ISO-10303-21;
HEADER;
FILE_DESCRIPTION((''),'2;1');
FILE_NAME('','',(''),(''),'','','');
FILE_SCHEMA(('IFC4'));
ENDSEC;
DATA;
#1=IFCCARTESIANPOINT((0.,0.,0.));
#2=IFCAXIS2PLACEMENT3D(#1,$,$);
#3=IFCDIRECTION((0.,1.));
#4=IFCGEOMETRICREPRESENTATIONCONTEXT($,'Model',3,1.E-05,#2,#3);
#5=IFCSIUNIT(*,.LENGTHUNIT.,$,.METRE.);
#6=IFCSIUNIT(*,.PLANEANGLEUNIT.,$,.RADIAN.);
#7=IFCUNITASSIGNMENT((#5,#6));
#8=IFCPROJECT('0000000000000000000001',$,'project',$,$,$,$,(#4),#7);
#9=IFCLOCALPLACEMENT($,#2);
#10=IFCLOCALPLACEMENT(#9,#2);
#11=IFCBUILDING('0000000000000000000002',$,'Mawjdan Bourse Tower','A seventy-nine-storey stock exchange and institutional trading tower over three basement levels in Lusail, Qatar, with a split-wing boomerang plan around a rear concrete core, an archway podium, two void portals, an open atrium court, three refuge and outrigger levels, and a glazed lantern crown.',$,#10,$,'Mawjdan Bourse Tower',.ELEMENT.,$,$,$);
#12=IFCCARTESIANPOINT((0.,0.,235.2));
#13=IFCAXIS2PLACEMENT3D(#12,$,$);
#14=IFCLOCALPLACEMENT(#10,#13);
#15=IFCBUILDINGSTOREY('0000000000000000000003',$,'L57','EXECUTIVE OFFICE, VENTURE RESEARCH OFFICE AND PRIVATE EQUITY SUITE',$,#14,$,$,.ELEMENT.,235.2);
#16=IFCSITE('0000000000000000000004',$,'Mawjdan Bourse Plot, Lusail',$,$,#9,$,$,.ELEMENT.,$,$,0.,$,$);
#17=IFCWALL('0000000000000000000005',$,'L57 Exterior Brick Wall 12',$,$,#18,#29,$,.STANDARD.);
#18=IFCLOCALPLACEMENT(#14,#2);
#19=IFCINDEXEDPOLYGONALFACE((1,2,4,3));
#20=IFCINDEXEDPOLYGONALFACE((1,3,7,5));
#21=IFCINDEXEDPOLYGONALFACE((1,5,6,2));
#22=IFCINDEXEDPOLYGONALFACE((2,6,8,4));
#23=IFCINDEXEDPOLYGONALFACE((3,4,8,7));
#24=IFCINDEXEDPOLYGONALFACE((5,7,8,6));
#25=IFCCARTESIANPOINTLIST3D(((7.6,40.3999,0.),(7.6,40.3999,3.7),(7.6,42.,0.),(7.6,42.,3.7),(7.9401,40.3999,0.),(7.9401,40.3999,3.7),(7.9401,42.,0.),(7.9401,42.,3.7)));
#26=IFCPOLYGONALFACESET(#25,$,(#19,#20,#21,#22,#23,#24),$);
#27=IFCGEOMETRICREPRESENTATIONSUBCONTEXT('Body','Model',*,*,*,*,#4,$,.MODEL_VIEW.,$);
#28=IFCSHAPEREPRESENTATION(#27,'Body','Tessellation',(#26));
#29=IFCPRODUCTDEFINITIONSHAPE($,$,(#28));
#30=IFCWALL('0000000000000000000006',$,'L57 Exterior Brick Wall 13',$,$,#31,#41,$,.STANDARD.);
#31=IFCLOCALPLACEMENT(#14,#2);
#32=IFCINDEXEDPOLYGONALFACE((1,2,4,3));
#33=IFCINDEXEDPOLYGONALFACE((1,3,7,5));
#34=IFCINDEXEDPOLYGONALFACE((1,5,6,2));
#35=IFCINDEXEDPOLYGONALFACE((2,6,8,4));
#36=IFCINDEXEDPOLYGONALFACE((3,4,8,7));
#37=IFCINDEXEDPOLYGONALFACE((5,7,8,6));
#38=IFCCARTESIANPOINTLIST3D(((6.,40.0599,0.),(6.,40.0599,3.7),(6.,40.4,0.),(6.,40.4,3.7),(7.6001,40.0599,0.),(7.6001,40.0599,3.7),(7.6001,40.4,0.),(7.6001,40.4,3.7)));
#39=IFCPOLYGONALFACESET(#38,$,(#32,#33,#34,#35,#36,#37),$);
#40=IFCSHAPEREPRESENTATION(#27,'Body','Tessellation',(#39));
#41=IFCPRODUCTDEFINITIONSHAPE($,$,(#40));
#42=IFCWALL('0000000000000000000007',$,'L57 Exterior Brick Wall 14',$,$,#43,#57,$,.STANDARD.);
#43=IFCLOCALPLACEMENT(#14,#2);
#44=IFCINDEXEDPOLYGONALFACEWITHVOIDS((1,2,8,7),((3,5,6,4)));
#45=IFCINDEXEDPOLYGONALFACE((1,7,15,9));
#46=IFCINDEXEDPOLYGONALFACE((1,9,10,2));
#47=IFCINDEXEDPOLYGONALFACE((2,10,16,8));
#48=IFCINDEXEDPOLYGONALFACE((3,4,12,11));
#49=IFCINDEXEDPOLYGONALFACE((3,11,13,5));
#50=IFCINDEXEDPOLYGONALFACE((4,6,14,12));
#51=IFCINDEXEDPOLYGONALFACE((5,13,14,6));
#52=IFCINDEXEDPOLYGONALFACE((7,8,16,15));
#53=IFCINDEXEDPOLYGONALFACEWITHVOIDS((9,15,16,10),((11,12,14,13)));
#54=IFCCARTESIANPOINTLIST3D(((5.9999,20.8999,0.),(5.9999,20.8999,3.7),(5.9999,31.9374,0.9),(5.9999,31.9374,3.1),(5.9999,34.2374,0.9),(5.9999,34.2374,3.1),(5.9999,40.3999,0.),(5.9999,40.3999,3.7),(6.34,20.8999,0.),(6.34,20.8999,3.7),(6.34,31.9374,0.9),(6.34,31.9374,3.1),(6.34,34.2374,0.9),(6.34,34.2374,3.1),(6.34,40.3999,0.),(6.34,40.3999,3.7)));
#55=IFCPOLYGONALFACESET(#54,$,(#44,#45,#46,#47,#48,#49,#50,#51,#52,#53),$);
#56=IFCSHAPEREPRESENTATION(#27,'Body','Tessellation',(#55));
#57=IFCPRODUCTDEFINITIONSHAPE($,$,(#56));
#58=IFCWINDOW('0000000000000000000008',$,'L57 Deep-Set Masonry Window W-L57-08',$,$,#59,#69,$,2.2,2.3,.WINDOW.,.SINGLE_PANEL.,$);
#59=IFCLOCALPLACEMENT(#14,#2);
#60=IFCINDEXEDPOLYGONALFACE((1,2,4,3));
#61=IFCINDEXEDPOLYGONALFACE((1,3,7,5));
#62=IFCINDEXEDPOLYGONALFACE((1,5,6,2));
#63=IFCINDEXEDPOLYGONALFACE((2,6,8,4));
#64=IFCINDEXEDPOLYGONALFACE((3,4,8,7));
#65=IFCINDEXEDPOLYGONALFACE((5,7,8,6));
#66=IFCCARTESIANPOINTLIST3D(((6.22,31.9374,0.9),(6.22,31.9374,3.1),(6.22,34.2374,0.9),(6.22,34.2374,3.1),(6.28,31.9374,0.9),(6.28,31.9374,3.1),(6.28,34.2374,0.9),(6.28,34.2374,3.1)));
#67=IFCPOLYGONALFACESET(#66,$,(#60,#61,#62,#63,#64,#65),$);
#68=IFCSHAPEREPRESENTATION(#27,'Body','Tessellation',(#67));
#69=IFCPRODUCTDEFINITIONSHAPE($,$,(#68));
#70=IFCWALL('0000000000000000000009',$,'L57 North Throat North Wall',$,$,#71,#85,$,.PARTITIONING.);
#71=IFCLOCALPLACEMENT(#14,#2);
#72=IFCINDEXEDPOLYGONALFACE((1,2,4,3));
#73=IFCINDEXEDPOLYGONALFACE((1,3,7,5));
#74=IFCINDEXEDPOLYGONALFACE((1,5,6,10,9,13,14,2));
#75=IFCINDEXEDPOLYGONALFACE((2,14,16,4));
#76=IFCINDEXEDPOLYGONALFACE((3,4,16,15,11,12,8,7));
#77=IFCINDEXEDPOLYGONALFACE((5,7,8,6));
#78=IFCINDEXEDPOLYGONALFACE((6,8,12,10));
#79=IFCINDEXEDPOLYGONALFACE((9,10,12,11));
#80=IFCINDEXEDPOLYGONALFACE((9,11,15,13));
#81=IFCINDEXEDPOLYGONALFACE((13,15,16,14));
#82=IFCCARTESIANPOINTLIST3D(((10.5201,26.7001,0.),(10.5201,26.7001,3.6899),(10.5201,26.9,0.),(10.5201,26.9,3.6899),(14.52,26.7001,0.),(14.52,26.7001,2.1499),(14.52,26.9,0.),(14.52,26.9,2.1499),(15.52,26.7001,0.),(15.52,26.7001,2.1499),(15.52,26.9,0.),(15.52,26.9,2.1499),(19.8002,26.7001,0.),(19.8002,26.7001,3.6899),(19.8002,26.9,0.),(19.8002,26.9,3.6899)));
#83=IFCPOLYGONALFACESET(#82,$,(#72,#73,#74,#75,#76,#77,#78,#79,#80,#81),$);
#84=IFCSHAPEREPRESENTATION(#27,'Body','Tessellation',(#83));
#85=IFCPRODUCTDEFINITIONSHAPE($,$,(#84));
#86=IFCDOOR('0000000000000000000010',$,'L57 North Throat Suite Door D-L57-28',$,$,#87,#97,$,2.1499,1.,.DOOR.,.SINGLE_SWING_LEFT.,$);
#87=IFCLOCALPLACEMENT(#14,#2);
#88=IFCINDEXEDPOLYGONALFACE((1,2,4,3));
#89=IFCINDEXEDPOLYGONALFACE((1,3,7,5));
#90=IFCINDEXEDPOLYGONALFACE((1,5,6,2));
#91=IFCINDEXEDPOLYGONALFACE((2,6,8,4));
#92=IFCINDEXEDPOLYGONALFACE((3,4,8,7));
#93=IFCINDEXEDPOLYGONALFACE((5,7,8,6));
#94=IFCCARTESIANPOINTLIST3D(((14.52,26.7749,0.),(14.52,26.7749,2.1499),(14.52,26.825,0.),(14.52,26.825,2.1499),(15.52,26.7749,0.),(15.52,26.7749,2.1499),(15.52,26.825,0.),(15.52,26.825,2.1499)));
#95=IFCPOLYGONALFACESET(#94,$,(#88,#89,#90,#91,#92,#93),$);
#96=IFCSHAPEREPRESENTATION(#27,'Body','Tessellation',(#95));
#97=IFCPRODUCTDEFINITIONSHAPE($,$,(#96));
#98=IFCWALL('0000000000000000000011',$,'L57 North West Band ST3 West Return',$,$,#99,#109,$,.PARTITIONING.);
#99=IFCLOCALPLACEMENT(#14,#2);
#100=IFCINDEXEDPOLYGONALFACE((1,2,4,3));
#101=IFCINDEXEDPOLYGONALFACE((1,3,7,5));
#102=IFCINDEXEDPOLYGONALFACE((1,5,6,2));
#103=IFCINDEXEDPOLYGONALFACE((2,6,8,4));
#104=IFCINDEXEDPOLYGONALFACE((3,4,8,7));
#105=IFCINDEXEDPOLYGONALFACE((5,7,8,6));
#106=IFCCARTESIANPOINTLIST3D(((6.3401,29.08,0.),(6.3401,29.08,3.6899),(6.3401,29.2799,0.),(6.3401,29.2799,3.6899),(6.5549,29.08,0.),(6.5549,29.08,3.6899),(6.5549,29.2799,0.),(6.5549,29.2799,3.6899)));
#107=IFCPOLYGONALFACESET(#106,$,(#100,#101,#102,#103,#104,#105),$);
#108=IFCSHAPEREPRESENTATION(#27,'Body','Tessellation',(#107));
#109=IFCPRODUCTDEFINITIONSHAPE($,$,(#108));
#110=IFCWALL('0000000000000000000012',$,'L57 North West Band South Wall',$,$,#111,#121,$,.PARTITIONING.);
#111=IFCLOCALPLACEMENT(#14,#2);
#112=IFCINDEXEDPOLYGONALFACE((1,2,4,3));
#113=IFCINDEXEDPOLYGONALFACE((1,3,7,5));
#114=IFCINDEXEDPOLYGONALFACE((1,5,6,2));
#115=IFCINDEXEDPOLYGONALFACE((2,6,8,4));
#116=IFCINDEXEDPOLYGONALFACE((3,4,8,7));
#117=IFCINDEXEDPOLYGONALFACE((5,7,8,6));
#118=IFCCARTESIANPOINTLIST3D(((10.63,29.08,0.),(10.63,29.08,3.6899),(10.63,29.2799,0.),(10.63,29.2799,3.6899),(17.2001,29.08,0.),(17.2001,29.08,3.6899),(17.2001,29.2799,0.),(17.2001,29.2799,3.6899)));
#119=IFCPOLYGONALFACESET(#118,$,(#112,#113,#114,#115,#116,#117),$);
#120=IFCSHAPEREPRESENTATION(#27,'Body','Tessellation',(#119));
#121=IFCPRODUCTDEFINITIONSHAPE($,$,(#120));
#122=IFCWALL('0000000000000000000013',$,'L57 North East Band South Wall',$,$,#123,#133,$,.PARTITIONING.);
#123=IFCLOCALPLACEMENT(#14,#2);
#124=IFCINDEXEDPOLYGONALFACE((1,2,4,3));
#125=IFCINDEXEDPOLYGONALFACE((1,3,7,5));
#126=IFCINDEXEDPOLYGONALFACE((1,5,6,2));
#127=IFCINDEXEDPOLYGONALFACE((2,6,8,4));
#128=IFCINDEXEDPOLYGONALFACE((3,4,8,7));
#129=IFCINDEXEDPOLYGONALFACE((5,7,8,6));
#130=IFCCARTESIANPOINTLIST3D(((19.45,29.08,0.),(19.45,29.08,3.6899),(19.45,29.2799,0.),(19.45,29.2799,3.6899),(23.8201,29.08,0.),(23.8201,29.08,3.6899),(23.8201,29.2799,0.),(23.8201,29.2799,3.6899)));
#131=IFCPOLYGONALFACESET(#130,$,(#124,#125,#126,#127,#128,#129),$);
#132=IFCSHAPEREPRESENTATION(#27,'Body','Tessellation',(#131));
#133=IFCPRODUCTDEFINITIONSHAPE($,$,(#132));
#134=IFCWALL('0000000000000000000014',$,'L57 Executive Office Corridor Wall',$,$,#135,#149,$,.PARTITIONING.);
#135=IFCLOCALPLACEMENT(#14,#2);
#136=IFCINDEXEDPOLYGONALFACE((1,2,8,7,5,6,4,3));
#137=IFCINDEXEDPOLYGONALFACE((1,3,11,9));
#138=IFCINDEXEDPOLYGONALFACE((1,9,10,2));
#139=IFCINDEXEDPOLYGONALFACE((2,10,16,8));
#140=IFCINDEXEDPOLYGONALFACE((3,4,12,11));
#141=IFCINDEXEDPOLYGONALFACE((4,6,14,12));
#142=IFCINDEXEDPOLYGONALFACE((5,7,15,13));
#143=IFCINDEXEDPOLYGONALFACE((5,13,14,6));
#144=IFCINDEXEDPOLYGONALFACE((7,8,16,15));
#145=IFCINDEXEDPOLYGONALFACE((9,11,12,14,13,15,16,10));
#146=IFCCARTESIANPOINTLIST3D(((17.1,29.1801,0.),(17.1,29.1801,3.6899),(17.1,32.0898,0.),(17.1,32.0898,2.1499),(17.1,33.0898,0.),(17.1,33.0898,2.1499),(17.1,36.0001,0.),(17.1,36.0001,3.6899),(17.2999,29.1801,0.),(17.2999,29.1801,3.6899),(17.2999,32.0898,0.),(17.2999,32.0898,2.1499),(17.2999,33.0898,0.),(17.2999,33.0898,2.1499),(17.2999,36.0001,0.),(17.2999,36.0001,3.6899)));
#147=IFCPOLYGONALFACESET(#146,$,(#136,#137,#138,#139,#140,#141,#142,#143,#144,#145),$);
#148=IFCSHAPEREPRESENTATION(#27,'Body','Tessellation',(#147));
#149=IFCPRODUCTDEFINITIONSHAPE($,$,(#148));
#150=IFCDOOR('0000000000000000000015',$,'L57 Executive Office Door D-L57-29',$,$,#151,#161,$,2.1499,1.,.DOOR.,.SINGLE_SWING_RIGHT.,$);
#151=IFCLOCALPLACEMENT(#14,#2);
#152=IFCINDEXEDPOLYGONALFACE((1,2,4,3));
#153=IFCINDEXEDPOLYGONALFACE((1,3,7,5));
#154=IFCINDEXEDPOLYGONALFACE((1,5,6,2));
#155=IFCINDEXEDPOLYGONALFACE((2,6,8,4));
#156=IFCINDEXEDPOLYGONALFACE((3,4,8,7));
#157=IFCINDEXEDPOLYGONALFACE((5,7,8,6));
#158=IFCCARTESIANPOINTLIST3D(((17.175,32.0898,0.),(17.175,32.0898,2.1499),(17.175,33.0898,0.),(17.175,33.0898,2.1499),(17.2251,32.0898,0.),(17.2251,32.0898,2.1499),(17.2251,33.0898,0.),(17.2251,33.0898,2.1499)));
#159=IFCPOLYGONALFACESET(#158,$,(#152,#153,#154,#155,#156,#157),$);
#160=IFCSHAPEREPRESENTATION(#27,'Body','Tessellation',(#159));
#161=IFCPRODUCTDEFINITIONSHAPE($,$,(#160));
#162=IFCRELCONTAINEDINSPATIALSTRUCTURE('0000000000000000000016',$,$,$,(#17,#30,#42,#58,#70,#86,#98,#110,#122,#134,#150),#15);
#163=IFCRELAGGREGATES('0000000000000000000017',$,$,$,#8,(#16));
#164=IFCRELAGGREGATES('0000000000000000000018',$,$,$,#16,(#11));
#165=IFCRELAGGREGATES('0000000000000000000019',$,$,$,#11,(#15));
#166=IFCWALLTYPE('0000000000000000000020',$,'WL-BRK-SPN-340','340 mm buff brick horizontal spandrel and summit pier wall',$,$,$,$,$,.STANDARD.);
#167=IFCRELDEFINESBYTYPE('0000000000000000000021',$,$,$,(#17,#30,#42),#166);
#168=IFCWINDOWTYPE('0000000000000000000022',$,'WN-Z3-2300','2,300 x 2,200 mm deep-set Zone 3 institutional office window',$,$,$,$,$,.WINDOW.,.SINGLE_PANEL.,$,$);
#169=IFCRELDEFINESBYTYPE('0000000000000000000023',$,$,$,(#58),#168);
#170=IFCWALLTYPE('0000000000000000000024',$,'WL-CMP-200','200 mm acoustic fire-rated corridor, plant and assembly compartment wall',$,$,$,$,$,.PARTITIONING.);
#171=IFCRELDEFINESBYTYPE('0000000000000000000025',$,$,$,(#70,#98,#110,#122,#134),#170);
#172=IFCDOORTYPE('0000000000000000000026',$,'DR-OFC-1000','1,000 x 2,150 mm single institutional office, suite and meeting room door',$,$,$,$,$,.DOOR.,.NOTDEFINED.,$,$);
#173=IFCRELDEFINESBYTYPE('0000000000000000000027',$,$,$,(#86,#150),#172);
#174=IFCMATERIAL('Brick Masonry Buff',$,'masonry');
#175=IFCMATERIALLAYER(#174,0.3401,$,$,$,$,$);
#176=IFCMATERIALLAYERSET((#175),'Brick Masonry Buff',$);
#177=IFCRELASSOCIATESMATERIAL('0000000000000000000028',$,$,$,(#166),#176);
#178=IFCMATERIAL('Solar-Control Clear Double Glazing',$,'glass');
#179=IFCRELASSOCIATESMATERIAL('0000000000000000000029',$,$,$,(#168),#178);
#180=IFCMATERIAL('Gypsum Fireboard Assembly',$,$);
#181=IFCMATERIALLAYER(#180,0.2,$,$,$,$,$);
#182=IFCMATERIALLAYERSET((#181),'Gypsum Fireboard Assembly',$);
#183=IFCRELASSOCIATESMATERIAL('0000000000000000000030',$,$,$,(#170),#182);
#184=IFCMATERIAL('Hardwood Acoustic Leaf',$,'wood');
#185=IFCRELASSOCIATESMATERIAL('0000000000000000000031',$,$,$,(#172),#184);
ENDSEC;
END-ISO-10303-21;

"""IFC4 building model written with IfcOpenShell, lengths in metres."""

from ifc_helpers import new_model, si_unit, direction, frame, frame_2d, origin, place, context, subcontext, project, spatial, rectangle, extrude, material, layer, layer_set, type_object, element, fill, save


model = new_model("IFC4")

# Units and contexts
model_context = context("Model", 3, precision=1e-05, world=origin(), true_north=direction((0.0, 1.0)))
body_context = subcontext(model_context, "Body", "Model", "MODEL_VIEW")
ifc_project = project(units=[si_unit("LENGTHUNIT", "METRE"), si_unit("PLANEANGLEUNIT", "RADIAN")], contexts=[model_context])

# Site, building, storey
site_placement = place(None, origin())
site = spatial("IfcSite", under=ifc_project, at=site_placement, Name="Mawjdan Bourse Plot, Lusail", CompositionType="ELEMENT", RefElevation=0.0)
building_placement = place(site_placement, origin())
building = spatial("IfcBuilding", under=site, at=building_placement, Name="Mawjdan Bourse Tower", Description="A seventy-nine-storey stock exchange and institutional trading tower over three basement levels in Lusail, Qatar, with a split-wing boomerang plan around a rear concrete core, an archway podium, two void portals, an open atrium court, three refuge and outrigger levels, and a glazed lantern crown.", LongName="Mawjdan Bourse Tower", CompositionType="ELEMENT")
storey_placement = place(building_placement, frame((0.0, 0.0, 235.2)))
storey = spatial("IfcBuildingStorey", under=building, at=storey_placement, Name="L57", Description="EXECUTIVE OFFICE, VENTURE RESEARCH OFFICE AND PRIVATE EQUITY SUITE", CompositionType="ELEMENT", Elevation=235.2)

# Walls
ifc_material_1 = material(Name="Brick Masonry Buff", Category="masonry")
ifc_layer_1 = layer(ifc_material_1, 0.3401)
ifc_layer_set_1 = layer_set([ifc_layer_1], Name="Brick Masonry Buff")
wall_type_1 = type_object("IfcWallType", Name="WL-BRK-SPN-340", Description="340 mm buff brick horizontal spandrel and summit pier wall", PredefinedType="STANDARD", material=ifc_layer_set_1)
for number, where, z_axis, x_axis, name in (
    (1, (7.77, 42.0, 0.0), (0.0, 0.0, 1.0), (0.0, -1.0, 0.0), "L57 Exterior Brick Wall 12"),
    (2, (7.6001, 40.23, 0.0), (0.0, 0.0, 1.0), (-1.0, 0.0, 0.0), "L57 Exterior Brick Wall 13"),
):
    element("IfcWall", number, at=place(storey_placement, frame(where, z_axis=z_axis, x_axis=x_axis)), inside=storey, type_object=wall_type_1, Name=name, PredefinedType="STANDARD", context=body_context, shape_type="SweptSolid", body=[
        extrude(rectangle(XDim=1.6001, YDim=0.3401, at=frame_2d((0.8, 0.0))), origin(), (0.0, 0.0, 1.0), 3.7),
    ])

# Wall, opening, window
wall_1_placement = place(storey_placement, frame((6.1699, 40.3999, 0.0), z_axis=(0.0, 0.0, 1.0), x_axis=(0.0, -1.0, 0.0)))
wall_1 = element("IfcWall", 3, at=wall_1_placement, inside=storey, type_object=wall_type_1, Name="L57 Exterior Brick Wall 14", PredefinedType="STANDARD", context=body_context, shape_type="SweptSolid", body=[
    extrude(rectangle(XDim=19.5, YDim=0.3401, at=frame_2d((9.75, 0.0))), origin(), (0.0, 0.0, 1.0), 3.7),
])
opening_1_placement = place(wall_1_placement, frame((6.1626, 0.0, 0.8999)))
opening_1 = element("IfcOpeningElement", 4, at=opening_1_placement, cuts=wall_1, PredefinedType="OPENING", context=body_context, shape_type="SweptSolid", body=[
    extrude(rectangle(XDim=2.3, YDim=2.2, at=frame_2d((1.1499, 1.1001))), frame((0.0, 0.1802, 0.0), z_axis=(0.0, -1.0, 0.0), x_axis=(1.0, 0.0, 0.0)), (0.0, 0.0, 1.0), 0.3601),
])
ifc_material_2 = material(Name="Solar-Control Clear Double Glazing", Category="glass")
window_type = type_object("IfcWindowType", Name="WN-Z3-2300", Description="2,300 x 2,200 mm deep-set Zone 3 institutional office window", PartitioningType="SINGLE_PANEL", PredefinedType="WINDOW", material=ifc_material_2)
window_placement = place(opening_1_placement, origin())
window = element("IfcWindow", 5, at=window_placement, inside=storey, type_object=window_type, Name="L57 Deep-Set Masonry Window W-L57-08", OverallHeight=2.2, OverallWidth=2.3, PartitioningType="SINGLE_PANEL", PredefinedType="WINDOW", context=body_context, shape_type="SweptSolid", body=[
    extrude(rectangle(XDim=2.3, YDim=2.2, at=frame_2d((1.1499, 1.1001))), frame((0.0, 0.1101, 0.0), z_axis=(0.0, -1.0, 0.0), x_axis=(1.0, 0.0, 0.0)), (0.0, 0.0, 1.0), 0.0601),
])
fill(opening_1, window)

# Wall, opening, door
ifc_material_3 = material(Name="Gypsum Fireboard Assembly")
ifc_layer_2 = layer(ifc_material_3, 0.2)
ifc_layer_set_2 = layer_set([ifc_layer_2], Name="Gypsum Fireboard Assembly")
wall_type_2 = type_object("IfcWallType", Name="WL-CMP-200", Description="200 mm acoustic fire-rated corridor, plant and assembly compartment wall", PredefinedType="PARTITIONING", material=ifc_layer_set_2)
wall_2_placement = place(storey_placement, frame((10.52, 26.8, 0.0), z_axis=(0.0, 0.0, 1.0), x_axis=(1.0, 0.0, 0.0)))
wall_2 = element("IfcWall", 6, at=wall_2_placement, inside=storey, type_object=wall_type_2, Name="L57 North Throat North Wall", PredefinedType="PARTITIONING", context=body_context, shape_type="SweptSolid", body=[
    extrude(rectangle(XDim=9.28, YDim=0.2, at=frame_2d((4.6401, 0.0))), origin(), (0.0, 0.0, 1.0), 3.6899),
])
opening_2_placement = place(wall_2_placement, frame((4.0, 0.0, 0.0)))
opening_2 = element("IfcOpeningElement", 7, at=opening_2_placement, cuts=wall_2, PredefinedType="OPENING", context=body_context, shape_type="SweptSolid", body=[
    extrude(rectangle(XDim=1.0, YDim=2.1499, at=frame_2d((0.5, 1.075))), frame((0.0, 0.1099, 0.0), z_axis=(0.0, -1.0, 0.0), x_axis=(1.0, 0.0, 0.0)), (0.0, 0.0, 1.0), 0.22),
])
ifc_material_4 = material(Name="Hardwood Acoustic Leaf", Category="wood")
door_type = type_object("IfcDoorType", Name="DR-OFC-1000", Description="1,000 x 2,150 mm single institutional office, suite and meeting room door", OperationType="NOTDEFINED", PredefinedType="DOOR", material=ifc_material_4)
door_1_placement = place(opening_2_placement, origin())
door_1 = element("IfcDoor", 8, at=door_1_placement, inside=storey, type_object=door_type, Name="L57 North Throat Suite Door D-L57-28", OperationType="SINGLE_SWING_LEFT", OverallHeight=2.1499, OverallWidth=1.0, PredefinedType="DOOR", context=body_context, shape_type="SweptSolid", body=[
    extrude(rectangle(XDim=1.0, YDim=2.1499, at=frame_2d((0.5, 1.075))), frame((0.0, 0.0249, 0.0), z_axis=(0.0, -1.0, 0.0), x_axis=(1.0, 0.0, 0.0)), (0.0, 0.0, 1.0), 0.05),
])
fill(opening_2, door_1)

# Walls
wall_3_placement = place(storey_placement, frame((6.3401, 29.1799, 0.0), z_axis=(0.0, 0.0, 1.0), x_axis=(1.0, 0.0, 0.0)))
element("IfcWall", 9, at=wall_3_placement, inside=storey, type_object=wall_type_2, Name="L57 North West Band ST3 West Return", PredefinedType="PARTITIONING", context=body_context, shape_type="SweptSolid", body=[
    extrude(rectangle(XDim=0.2148, YDim=0.2, at=frame_2d((0.1074, 0.0))), origin(), (0.0, 0.0, 1.0), 3.6899),
])
wall_4_placement = place(storey_placement, frame((10.6299, 29.1799, 0.0), z_axis=(0.0, 0.0, 1.0), x_axis=(1.0, 0.0, 0.0)))
element("IfcWall", 10, at=wall_4_placement, inside=storey, type_object=wall_type_2, Name="L57 North West Band South Wall", PredefinedType="PARTITIONING", context=body_context, shape_type="SweptSolid", body=[
    extrude(rectangle(XDim=6.5701, YDim=0.2, at=frame_2d((3.2852, 0.0))), origin(), (0.0, 0.0, 1.0), 3.6899),
])
wall_5_placement = place(storey_placement, frame((19.45, 29.1799, 0.0), z_axis=(0.0, 0.0, 1.0), x_axis=(1.0, 0.0, 0.0)))
element("IfcWall", 11, at=wall_5_placement, inside=storey, type_object=wall_type_2, Name="L57 North East Band South Wall", PredefinedType="PARTITIONING", context=body_context, shape_type="SweptSolid", body=[
    extrude(rectangle(XDim=4.3701, YDim=0.2, at=frame_2d((2.1851, 0.0))), origin(), (0.0, 0.0, 1.0), 3.6899),
])

# Wall, opening, door
wall_6_placement = place(storey_placement, frame((17.2, 29.1799, 0.0), z_axis=(0.0, 0.0, 1.0), x_axis=(0.0, 1.0, 0.0)))
wall_6 = element("IfcWall", 12, at=wall_6_placement, inside=storey, type_object=wall_type_2, Name="L57 Executive Office Corridor Wall", PredefinedType="PARTITIONING", context=body_context, shape_type="SweptSolid", body=[
    extrude(rectangle(XDim=6.8201, YDim=0.2, at=frame_2d((3.4102, 0.0))), origin(), (0.0, 0.0, 1.0), 3.6899),
])
opening_3_placement = place(wall_6_placement, frame((2.9099, 0.0, 0.0)))
opening_3 = element("IfcOpeningElement", 13, at=opening_3_placement, cuts=wall_6, PredefinedType="OPENING", context=body_context, shape_type="SweptSolid", body=[
    extrude(rectangle(XDim=1.0, YDim=2.1499, at=frame_2d((0.5, 1.075))), frame((0.0, 0.1099, 0.0), z_axis=(0.0, -1.0, 0.0), x_axis=(1.0, 0.0, 0.0)), (0.0, 0.0, 1.0), 0.22),
])
door_2_placement = place(opening_3_placement, origin())
door_2 = element("IfcDoor", 14, at=door_2_placement, inside=storey, type_object=door_type, Name="L57 Executive Office Door D-L57-29", OperationType="SINGLE_SWING_RIGHT", OverallHeight=2.1499, OverallWidth=1.0, PredefinedType="DOOR", context=body_context, shape_type="SweptSolid", body=[
    extrude(rectangle(XDim=1.0, YDim=2.1499, at=frame_2d((0.5, 1.075))), frame((0.0, 0.0249, 0.0), z_axis=(0.0, -1.0, 0.0), x_axis=(1.0, 0.0, 0.0)), (0.0, 0.0, 1.0), 0.05),
])
fill(opening_3, door_2)

save(model, "model.ifc")
